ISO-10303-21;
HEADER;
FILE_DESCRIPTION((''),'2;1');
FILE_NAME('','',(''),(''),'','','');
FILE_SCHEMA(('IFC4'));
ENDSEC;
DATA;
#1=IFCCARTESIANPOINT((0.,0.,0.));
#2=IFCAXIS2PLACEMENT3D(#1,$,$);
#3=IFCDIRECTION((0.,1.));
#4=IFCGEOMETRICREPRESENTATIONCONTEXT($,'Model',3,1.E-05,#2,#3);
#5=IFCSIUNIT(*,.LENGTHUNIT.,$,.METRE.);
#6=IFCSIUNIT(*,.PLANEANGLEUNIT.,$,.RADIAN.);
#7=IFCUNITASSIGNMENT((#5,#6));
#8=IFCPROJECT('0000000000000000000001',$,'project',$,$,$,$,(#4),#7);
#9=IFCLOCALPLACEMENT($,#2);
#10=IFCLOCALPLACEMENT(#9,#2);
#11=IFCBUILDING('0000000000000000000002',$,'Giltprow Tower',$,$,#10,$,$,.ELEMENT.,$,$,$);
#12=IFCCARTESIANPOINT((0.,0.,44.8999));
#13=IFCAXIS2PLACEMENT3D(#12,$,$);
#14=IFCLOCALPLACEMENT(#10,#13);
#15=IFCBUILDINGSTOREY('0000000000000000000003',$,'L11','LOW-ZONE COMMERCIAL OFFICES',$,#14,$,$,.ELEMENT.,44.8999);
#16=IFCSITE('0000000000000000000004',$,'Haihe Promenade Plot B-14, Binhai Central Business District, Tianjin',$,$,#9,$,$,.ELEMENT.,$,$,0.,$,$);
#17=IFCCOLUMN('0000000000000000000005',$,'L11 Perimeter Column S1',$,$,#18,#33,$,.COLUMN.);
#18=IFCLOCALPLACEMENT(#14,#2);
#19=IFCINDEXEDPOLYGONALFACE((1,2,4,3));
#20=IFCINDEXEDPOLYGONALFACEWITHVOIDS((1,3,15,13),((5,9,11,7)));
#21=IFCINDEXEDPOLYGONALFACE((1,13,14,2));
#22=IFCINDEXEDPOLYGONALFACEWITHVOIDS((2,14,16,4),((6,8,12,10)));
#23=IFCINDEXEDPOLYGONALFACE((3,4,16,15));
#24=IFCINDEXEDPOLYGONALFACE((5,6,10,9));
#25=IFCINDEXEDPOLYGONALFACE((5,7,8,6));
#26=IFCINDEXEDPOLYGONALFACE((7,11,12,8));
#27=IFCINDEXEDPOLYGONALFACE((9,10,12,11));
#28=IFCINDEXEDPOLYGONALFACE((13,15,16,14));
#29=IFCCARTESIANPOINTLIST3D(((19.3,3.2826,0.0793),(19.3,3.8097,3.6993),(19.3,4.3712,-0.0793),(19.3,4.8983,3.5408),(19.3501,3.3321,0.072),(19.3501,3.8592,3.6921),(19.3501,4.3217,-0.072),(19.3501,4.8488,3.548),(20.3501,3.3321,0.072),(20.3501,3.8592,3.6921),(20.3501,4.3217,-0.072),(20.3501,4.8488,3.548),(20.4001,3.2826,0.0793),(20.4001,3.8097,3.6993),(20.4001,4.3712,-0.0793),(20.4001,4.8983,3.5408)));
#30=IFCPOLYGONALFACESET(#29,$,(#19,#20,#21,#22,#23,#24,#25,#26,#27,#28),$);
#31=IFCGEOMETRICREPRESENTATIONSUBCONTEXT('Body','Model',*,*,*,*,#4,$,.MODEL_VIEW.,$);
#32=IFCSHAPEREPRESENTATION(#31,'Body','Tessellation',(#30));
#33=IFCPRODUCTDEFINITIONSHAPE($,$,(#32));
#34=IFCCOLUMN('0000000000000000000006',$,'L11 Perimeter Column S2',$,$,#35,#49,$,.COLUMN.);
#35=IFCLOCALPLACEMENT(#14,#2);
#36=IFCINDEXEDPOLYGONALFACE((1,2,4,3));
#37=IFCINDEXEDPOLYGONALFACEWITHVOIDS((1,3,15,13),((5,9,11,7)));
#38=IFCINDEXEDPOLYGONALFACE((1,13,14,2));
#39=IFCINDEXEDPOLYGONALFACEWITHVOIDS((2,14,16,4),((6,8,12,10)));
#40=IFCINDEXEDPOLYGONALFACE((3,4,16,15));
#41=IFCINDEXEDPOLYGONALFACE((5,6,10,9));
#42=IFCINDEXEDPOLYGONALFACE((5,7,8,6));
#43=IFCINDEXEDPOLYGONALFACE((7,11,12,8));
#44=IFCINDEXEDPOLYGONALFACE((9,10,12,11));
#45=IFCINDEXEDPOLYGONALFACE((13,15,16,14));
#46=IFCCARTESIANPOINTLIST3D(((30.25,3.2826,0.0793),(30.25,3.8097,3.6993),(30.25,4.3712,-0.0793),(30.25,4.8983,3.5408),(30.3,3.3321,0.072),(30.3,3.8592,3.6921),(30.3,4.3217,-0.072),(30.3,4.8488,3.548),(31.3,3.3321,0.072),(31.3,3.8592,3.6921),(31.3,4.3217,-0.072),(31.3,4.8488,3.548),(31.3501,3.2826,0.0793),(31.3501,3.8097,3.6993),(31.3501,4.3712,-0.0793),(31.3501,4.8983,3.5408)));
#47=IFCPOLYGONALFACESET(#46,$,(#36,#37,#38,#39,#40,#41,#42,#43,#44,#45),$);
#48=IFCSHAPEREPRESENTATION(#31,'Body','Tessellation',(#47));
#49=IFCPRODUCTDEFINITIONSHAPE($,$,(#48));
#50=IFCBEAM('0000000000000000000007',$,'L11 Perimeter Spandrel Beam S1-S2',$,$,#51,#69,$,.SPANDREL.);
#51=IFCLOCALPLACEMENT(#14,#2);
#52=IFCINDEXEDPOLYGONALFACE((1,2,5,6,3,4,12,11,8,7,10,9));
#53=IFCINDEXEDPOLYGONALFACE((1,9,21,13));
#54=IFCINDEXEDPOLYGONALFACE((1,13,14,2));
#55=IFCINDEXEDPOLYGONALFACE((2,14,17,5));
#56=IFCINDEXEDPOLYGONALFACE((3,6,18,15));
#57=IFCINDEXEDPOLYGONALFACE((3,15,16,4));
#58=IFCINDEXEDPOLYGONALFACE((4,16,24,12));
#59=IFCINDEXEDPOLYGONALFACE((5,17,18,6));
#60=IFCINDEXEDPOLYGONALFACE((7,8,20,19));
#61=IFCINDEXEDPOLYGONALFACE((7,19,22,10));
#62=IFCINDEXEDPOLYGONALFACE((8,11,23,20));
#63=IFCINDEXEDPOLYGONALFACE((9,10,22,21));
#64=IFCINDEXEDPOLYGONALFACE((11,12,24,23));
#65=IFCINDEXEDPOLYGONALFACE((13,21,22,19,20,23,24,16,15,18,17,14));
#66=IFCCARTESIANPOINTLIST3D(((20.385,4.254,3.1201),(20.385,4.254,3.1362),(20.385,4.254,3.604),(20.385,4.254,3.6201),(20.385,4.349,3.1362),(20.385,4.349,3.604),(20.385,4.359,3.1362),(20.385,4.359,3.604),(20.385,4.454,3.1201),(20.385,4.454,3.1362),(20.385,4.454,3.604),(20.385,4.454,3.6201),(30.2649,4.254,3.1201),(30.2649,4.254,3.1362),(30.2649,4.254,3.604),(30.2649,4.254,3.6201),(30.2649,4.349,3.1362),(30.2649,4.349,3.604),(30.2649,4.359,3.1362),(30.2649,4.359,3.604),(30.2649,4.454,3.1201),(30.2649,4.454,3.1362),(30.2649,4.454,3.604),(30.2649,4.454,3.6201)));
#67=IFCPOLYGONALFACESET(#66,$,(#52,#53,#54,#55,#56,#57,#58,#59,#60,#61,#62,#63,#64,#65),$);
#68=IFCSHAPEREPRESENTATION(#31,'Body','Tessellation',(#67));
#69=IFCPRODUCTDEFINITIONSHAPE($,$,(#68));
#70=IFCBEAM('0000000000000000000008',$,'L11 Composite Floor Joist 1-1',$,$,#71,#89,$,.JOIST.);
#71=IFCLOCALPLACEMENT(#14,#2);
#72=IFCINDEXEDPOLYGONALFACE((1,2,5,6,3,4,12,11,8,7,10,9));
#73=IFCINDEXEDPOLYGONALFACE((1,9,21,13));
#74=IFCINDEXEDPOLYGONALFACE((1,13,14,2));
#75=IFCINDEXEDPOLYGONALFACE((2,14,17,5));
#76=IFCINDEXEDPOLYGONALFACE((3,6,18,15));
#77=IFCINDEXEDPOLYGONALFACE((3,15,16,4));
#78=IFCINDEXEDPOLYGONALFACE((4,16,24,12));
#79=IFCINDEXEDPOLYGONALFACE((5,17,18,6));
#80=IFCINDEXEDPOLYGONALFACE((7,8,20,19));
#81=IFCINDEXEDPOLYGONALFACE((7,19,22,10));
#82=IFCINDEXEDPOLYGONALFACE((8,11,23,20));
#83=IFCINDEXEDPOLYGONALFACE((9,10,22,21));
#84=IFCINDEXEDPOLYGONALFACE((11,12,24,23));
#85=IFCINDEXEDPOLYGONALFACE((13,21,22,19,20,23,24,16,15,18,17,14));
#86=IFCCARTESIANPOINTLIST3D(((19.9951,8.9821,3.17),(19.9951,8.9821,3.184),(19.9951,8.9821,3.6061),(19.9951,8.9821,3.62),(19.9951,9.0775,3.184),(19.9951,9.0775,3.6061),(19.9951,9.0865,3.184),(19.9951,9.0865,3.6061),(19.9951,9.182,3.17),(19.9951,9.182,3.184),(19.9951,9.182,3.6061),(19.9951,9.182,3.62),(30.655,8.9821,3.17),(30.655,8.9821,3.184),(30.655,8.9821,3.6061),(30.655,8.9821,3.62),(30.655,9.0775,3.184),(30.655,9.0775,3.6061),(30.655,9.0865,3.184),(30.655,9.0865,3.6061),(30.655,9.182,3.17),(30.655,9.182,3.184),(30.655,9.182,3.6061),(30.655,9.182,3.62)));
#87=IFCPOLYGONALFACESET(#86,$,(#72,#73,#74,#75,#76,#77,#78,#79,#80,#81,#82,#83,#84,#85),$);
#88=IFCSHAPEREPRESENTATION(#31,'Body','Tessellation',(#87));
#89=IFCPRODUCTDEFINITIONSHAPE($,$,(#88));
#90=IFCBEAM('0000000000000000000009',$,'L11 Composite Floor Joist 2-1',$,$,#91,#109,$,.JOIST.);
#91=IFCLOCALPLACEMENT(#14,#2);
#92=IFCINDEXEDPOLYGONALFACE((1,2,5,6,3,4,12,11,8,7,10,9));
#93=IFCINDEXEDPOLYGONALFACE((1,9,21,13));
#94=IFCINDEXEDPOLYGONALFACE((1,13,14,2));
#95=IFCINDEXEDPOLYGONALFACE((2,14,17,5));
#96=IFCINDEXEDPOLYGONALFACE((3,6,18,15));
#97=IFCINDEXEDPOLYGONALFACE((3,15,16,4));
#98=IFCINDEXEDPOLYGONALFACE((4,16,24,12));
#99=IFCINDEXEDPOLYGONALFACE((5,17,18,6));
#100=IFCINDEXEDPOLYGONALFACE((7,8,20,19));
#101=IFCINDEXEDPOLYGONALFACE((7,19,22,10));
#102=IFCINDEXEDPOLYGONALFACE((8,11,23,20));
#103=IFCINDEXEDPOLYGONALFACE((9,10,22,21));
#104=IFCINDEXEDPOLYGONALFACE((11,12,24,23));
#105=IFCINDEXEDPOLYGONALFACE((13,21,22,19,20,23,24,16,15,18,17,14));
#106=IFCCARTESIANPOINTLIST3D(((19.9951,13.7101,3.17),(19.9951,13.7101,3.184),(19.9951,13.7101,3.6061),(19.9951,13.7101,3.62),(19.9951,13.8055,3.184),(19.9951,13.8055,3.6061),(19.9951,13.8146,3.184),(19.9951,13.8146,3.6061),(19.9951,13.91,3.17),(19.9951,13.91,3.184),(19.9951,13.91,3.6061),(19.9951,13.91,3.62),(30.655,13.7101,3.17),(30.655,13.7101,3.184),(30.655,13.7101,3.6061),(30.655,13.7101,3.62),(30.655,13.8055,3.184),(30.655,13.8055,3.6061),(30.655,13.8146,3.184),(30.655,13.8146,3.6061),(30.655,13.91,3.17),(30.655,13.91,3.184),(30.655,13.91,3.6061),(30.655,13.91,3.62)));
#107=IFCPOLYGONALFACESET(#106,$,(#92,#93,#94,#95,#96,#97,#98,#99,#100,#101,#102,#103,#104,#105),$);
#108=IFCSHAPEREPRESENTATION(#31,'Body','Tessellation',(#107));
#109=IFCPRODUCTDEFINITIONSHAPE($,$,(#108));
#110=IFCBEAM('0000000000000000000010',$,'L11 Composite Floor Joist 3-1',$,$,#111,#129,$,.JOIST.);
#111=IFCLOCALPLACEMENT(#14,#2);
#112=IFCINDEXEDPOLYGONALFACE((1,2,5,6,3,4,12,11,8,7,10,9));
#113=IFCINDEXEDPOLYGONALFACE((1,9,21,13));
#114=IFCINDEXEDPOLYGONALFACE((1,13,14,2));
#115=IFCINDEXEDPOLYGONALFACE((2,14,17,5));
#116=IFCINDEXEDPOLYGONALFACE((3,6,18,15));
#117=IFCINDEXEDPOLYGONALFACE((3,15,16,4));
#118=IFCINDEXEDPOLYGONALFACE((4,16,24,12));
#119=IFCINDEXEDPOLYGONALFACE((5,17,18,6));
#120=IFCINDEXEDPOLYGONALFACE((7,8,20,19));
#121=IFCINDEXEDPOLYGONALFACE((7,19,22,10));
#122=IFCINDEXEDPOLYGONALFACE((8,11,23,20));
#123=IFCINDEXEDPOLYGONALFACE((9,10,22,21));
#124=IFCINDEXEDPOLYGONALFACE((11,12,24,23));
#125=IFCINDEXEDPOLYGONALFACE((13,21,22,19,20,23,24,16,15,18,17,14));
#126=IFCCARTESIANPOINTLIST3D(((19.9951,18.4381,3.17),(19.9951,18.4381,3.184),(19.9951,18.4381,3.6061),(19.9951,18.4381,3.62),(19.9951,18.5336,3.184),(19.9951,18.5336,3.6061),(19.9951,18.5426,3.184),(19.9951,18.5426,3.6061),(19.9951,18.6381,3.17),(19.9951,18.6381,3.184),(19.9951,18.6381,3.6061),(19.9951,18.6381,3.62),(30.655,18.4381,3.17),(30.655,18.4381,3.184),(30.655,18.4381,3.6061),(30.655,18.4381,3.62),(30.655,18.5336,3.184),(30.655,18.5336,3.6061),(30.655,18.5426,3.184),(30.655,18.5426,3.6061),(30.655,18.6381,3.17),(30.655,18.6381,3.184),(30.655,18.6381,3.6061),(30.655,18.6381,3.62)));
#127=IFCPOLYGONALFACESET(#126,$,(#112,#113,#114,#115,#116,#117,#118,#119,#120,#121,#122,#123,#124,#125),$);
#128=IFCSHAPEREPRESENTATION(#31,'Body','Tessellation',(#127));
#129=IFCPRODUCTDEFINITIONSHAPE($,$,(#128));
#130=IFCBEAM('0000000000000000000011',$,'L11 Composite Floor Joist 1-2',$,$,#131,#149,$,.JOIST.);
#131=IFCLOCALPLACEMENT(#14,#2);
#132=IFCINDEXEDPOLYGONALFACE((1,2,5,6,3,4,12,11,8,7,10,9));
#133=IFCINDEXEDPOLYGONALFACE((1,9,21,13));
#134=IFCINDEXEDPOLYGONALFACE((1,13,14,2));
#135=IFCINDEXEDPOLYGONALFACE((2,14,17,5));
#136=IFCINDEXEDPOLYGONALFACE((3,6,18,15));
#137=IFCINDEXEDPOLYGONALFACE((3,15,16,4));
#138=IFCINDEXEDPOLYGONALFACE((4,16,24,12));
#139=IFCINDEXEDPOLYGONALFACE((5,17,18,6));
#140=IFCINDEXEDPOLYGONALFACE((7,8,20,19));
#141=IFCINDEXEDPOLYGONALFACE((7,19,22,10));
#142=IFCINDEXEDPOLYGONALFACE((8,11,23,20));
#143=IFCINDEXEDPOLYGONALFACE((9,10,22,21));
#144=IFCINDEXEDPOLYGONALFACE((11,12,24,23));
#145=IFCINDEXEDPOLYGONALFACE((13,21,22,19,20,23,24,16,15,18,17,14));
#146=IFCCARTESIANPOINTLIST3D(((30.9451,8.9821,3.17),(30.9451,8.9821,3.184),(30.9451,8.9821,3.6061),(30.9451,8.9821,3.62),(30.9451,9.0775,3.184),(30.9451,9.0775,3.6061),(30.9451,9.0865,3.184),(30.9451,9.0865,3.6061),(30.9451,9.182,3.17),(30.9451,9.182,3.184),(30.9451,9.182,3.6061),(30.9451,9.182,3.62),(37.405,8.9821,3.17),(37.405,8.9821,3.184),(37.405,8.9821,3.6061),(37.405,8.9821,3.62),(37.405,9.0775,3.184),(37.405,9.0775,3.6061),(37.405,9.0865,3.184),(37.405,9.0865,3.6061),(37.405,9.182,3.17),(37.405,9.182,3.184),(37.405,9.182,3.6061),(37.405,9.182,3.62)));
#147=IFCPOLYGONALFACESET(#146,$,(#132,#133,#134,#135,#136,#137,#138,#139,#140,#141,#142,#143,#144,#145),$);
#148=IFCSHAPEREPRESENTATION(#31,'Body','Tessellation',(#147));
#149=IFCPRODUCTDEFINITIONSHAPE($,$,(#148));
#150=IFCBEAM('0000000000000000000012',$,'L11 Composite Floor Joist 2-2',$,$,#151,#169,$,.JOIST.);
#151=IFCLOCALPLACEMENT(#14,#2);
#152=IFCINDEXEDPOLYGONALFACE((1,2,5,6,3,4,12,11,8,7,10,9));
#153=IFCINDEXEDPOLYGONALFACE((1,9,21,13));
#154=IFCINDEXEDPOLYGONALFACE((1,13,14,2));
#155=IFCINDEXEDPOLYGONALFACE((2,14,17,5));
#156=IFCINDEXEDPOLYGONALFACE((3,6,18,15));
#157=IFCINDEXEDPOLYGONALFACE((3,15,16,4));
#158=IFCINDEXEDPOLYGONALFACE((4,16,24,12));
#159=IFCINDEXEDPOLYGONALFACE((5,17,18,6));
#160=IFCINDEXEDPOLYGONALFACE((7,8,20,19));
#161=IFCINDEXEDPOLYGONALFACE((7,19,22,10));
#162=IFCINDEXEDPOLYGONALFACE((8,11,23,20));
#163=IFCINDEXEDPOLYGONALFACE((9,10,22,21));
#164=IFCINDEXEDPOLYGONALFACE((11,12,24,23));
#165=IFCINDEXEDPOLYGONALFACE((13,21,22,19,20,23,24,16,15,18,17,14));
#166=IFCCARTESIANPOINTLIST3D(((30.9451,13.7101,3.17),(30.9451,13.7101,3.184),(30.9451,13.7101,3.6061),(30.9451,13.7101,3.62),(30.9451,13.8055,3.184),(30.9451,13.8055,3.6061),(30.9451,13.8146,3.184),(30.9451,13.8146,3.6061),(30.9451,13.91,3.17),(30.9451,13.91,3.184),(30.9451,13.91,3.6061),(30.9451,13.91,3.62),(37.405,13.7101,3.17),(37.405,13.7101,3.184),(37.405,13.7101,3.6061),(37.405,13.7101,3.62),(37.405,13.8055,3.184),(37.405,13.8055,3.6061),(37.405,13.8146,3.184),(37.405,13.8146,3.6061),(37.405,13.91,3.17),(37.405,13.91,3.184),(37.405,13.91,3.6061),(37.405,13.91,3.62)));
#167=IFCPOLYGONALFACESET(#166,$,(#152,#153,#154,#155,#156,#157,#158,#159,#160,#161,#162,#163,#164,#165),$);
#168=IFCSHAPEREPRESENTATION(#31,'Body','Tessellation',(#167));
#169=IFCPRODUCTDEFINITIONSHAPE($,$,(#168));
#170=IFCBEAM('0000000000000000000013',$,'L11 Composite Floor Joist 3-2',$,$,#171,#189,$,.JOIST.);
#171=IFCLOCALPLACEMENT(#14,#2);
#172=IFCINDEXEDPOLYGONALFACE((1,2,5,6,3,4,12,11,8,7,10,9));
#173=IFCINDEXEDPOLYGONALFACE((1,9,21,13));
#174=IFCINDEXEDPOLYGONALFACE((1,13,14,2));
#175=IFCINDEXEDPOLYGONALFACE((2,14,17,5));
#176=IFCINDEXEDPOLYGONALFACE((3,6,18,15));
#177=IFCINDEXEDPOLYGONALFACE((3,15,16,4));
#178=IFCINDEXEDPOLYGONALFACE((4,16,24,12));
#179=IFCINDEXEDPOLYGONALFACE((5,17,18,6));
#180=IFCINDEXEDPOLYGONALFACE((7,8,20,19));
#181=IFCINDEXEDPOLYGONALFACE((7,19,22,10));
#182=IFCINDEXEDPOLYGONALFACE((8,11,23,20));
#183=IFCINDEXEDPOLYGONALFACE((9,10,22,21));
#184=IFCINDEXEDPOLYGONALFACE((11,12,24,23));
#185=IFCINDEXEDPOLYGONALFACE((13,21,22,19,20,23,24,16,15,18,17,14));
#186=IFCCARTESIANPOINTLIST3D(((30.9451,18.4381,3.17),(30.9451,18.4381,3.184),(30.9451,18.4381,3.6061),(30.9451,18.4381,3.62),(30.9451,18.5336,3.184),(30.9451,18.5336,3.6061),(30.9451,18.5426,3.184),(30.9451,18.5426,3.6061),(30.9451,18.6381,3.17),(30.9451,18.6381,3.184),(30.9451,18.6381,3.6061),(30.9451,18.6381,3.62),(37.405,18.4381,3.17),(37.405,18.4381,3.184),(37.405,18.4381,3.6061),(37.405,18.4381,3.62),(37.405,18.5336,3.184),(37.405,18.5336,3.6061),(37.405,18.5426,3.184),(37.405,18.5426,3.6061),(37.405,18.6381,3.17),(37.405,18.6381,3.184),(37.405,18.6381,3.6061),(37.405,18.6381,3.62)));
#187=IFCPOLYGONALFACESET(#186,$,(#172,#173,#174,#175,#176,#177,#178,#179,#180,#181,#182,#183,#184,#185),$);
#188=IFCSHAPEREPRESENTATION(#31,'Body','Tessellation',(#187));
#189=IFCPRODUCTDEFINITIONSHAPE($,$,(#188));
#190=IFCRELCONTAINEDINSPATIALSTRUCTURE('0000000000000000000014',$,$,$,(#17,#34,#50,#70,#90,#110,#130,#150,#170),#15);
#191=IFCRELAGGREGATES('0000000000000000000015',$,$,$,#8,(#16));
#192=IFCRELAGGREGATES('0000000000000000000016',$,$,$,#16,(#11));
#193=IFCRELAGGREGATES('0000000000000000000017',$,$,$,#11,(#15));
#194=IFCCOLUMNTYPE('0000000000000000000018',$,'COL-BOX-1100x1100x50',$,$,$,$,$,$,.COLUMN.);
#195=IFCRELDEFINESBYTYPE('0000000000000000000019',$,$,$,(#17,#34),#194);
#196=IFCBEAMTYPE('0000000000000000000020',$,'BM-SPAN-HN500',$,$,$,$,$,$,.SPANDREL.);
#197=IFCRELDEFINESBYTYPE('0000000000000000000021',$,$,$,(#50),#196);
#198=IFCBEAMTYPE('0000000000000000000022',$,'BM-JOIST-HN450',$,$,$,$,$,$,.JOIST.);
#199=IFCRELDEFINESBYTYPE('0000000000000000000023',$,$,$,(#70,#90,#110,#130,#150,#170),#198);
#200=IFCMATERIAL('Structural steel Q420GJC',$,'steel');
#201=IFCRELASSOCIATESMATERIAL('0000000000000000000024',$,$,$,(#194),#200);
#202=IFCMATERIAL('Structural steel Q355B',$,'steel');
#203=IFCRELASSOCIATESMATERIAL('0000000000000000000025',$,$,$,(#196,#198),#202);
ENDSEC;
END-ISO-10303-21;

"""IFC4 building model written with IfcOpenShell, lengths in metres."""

from ifc_helpers import new_model, si_unit, direction, frame, origin, origin_2d, place, context, subcontext, project, spatial, hollow_rectangle, i_section, extrude, source, transform, mapped, material, material_profile, profile_set, type_object, element, save


model = new_model("IFC4")

# Units and contexts
model_context = context("Model", 3, precision=1e-05, world=origin(), true_north=direction((0.0, 1.0)))
body_context = subcontext(model_context, "Body", "Model", "MODEL_VIEW")
ifc_project = project(units=[si_unit("LENGTHUNIT", "METRE"), si_unit("PLANEANGLEUNIT", "RADIAN")], contexts=[model_context])

# Site, building, storey
site_placement = place(None, origin())
site = spatial("IfcSite", under=ifc_project, at=site_placement, Name="Haihe Promenade Plot B-14, Binhai Central Business District, Tianjin", CompositionType="ELEMENT", RefElevation=0.0)
building_placement = place(site_placement, origin())
building = spatial("IfcBuilding", under=site, at=building_placement, Name="Giltprow Tower", CompositionType="ELEMENT")
storey_placement = place(building_placement, frame((0.0, 0.0, 44.8999)))
storey = spatial("IfcBuildingStorey", under=building, at=storey_placement, Name="L11", Description="LOW-ZONE COMMERCIAL OFFICES", CompositionType="ELEMENT", Elevation=44.8999)

# Columns
ifc_material_1 = material(Name="Structural steel Q420GJC", Category="steel")
ifc_material_profile_1 = material_profile(ifc_material_1, hollow_rectangle(XDim=1.1001, YDim=1.1001, WallThickness=0.05, at=origin_2d()), Name="BOX 1100x1100x50")
ifc_profile_set_1 = profile_set([ifc_material_profile_1], Name="Structural steel Q420GJC")
column_type = type_object("IfcColumnType", Name="COL-BOX-1100x1100x50", PredefinedType="COLUMN", material=ifc_profile_set_1)
shared_shape_1 = source(origin(), body_context, "Body", "SweptSolid", [
    extrude(hollow_rectangle(XDim=1.1001, YDim=1.1001, WallThickness=0.05, at=origin_2d()), origin(), (0.0, 0.0, 1.0), 3.6582),
])
for number, where, z_axis, x_axis, name in (
    (1, (19.8501, 3.8269, 0.0), (0.0, 0.144084, 0.989566), (-1.0, 0.0, 0.0), "L11 Perimeter Column S1"),
    (2, (30.8, 3.8269, 0.0), (0.0, 0.144084, 0.989566), (-1.0, 0.0, 0.0), "L11 Perimeter Column S2"),
):
    element("IfcColumn", number, at=place(storey_placement, frame(where, z_axis=z_axis, x_axis=x_axis)), inside=storey, type_object=column_type, Name=name, PredefinedType="COLUMN", context=body_context, shape_type="MappedRepresentation", body=[
        mapped(shared_shape_1, transform((0.0, 0.0, 0.0), x_axis=(1.0, 0.0, 0.0), y_axis=(0.0, 1.0, 0.0), z_axis=(0.0, 0.0, 1.0), scale=1.0)),
    ])

# Beams
ifc_material_2 = material(Name="Structural steel Q355B", Category="steel")
ifc_material_profile_2 = material_profile(ifc_material_2, i_section(OverallWidth=0.2, OverallDepth=0.5, WebThickness=0.01, FlangeThickness=0.0161, at=origin_2d()), Name="HN 500x200x10x16")
ifc_profile_set_2 = profile_set([ifc_material_profile_2], Name="Structural steel Q355B")
beam_type_1 = type_object("IfcBeamType", Name="BM-SPAN-HN500", PredefinedType="SPANDREL", material=ifc_profile_set_2)
shared_shape_2 = source(origin(), body_context, "Body", "SweptSolid", [
    extrude(i_section(OverallWidth=0.2, OverallDepth=0.5, WebThickness=0.01, FlangeThickness=0.0161, at=origin_2d()), origin(), (0.0, 0.0, 1.0), 9.8799),
])
beam_placement = place(storey_placement, frame((20.385, 4.354, 3.3701), z_axis=(1.0, 0.0, 0.0), x_axis=(0.0, 1.0, 0.0)))
element("IfcBeam", 3, at=beam_placement, inside=storey, type_object=beam_type_1, Name="L11 Perimeter Spandrel Beam S1-S2", PredefinedType="SPANDREL", context=body_context, shape_type="MappedRepresentation", body=[
    mapped(shared_shape_2, transform((0.0, 0.0, 0.0), x_axis=(1.0, 0.0, 0.0), y_axis=(0.0, 1.0, 0.0), z_axis=(0.0, 0.0, 1.0), scale=1.0)),
])
ifc_material_profile_3 = material_profile(ifc_material_2, i_section(OverallWidth=0.2, OverallDepth=0.45, WebThickness=0.009, FlangeThickness=0.0139, at=origin_2d()), Name="HN 450x200x9x14")
ifc_profile_set_3 = profile_set([ifc_material_profile_3], Name="Structural steel Q355B")
beam_type_2 = type_object("IfcBeamType", Name="BM-JOIST-HN450", PredefinedType="JOIST", material=ifc_profile_set_3)
shared_shape_3 = source(origin(), body_context, "Body", "SweptSolid", [
    extrude(i_section(OverallWidth=0.2, OverallDepth=0.45, WebThickness=0.009, FlangeThickness=0.0139, at=origin_2d()), origin(), (0.0, 0.0, 1.0), 10.6599),
])
for number, where, z_axis, x_axis, name in (
    (4, (19.9951, 9.082, 3.395), (1.0, 0.0, 0.0), (0.0, 1.0, 0.0), "L11 Composite Floor Joist 1-1"),
    (5, (19.9951, 13.8101, 3.395), (1.0, 0.0, 0.0), (0.0, 1.0, 0.0), "L11 Composite Floor Joist 2-1"),
    (6, (19.9951, 18.5381, 3.395), (1.0, 0.0, 0.0), (0.0, 1.0, 0.0), "L11 Composite Floor Joist 3-1"),
):
    element("IfcBeam", number, at=place(storey_placement, frame(where, z_axis=z_axis, x_axis=x_axis)), inside=storey, type_object=beam_type_2, Name=name, PredefinedType="JOIST", context=body_context, shape_type="MappedRepresentation", body=[
        mapped(shared_shape_3, transform((0.0, 0.0, 0.0), x_axis=(1.0, 0.0, 0.0), y_axis=(0.0, 1.0, 0.0), z_axis=(0.0, 0.0, 1.0), scale=1.0)),
    ])
shared_shape_4 = source(origin(), body_context, "Body", "SweptSolid", [
    extrude(i_section(OverallWidth=0.2, OverallDepth=0.45, WebThickness=0.009, FlangeThickness=0.0139, at=origin_2d()), origin(), (0.0, 0.0, 1.0), 6.46),
])
for number, where, z_axis, x_axis, name in (
    (7, (30.9451, 9.082, 3.395), (1.0, 0.0, 0.0), (0.0, 1.0, 0.0), "L11 Composite Floor Joist 1-2"),
    (8, (30.9451, 13.8101, 3.395), (1.0, 0.0, 0.0), (0.0, 1.0, 0.0), "L11 Composite Floor Joist 2-2"),
    (9, (30.9451, 18.5381, 3.395), (1.0, 0.0, 0.0), (0.0, 1.0, 0.0), "L11 Composite Floor Joist 3-2"),
):
    element("IfcBeam", number, at=place(storey_placement, frame(where, z_axis=z_axis, x_axis=x_axis)), inside=storey, type_object=beam_type_2, Name=name, PredefinedType="JOIST", context=body_context, shape_type="MappedRepresentation", body=[
        mapped(shared_shape_4, transform((0.0, 0.0, 0.0), x_axis=(1.0, 0.0, 0.0), y_axis=(0.0, 1.0, 0.0), z_axis=(0.0, 0.0, 1.0), scale=1.0)),
    ])

save(model, "model.ifc")
